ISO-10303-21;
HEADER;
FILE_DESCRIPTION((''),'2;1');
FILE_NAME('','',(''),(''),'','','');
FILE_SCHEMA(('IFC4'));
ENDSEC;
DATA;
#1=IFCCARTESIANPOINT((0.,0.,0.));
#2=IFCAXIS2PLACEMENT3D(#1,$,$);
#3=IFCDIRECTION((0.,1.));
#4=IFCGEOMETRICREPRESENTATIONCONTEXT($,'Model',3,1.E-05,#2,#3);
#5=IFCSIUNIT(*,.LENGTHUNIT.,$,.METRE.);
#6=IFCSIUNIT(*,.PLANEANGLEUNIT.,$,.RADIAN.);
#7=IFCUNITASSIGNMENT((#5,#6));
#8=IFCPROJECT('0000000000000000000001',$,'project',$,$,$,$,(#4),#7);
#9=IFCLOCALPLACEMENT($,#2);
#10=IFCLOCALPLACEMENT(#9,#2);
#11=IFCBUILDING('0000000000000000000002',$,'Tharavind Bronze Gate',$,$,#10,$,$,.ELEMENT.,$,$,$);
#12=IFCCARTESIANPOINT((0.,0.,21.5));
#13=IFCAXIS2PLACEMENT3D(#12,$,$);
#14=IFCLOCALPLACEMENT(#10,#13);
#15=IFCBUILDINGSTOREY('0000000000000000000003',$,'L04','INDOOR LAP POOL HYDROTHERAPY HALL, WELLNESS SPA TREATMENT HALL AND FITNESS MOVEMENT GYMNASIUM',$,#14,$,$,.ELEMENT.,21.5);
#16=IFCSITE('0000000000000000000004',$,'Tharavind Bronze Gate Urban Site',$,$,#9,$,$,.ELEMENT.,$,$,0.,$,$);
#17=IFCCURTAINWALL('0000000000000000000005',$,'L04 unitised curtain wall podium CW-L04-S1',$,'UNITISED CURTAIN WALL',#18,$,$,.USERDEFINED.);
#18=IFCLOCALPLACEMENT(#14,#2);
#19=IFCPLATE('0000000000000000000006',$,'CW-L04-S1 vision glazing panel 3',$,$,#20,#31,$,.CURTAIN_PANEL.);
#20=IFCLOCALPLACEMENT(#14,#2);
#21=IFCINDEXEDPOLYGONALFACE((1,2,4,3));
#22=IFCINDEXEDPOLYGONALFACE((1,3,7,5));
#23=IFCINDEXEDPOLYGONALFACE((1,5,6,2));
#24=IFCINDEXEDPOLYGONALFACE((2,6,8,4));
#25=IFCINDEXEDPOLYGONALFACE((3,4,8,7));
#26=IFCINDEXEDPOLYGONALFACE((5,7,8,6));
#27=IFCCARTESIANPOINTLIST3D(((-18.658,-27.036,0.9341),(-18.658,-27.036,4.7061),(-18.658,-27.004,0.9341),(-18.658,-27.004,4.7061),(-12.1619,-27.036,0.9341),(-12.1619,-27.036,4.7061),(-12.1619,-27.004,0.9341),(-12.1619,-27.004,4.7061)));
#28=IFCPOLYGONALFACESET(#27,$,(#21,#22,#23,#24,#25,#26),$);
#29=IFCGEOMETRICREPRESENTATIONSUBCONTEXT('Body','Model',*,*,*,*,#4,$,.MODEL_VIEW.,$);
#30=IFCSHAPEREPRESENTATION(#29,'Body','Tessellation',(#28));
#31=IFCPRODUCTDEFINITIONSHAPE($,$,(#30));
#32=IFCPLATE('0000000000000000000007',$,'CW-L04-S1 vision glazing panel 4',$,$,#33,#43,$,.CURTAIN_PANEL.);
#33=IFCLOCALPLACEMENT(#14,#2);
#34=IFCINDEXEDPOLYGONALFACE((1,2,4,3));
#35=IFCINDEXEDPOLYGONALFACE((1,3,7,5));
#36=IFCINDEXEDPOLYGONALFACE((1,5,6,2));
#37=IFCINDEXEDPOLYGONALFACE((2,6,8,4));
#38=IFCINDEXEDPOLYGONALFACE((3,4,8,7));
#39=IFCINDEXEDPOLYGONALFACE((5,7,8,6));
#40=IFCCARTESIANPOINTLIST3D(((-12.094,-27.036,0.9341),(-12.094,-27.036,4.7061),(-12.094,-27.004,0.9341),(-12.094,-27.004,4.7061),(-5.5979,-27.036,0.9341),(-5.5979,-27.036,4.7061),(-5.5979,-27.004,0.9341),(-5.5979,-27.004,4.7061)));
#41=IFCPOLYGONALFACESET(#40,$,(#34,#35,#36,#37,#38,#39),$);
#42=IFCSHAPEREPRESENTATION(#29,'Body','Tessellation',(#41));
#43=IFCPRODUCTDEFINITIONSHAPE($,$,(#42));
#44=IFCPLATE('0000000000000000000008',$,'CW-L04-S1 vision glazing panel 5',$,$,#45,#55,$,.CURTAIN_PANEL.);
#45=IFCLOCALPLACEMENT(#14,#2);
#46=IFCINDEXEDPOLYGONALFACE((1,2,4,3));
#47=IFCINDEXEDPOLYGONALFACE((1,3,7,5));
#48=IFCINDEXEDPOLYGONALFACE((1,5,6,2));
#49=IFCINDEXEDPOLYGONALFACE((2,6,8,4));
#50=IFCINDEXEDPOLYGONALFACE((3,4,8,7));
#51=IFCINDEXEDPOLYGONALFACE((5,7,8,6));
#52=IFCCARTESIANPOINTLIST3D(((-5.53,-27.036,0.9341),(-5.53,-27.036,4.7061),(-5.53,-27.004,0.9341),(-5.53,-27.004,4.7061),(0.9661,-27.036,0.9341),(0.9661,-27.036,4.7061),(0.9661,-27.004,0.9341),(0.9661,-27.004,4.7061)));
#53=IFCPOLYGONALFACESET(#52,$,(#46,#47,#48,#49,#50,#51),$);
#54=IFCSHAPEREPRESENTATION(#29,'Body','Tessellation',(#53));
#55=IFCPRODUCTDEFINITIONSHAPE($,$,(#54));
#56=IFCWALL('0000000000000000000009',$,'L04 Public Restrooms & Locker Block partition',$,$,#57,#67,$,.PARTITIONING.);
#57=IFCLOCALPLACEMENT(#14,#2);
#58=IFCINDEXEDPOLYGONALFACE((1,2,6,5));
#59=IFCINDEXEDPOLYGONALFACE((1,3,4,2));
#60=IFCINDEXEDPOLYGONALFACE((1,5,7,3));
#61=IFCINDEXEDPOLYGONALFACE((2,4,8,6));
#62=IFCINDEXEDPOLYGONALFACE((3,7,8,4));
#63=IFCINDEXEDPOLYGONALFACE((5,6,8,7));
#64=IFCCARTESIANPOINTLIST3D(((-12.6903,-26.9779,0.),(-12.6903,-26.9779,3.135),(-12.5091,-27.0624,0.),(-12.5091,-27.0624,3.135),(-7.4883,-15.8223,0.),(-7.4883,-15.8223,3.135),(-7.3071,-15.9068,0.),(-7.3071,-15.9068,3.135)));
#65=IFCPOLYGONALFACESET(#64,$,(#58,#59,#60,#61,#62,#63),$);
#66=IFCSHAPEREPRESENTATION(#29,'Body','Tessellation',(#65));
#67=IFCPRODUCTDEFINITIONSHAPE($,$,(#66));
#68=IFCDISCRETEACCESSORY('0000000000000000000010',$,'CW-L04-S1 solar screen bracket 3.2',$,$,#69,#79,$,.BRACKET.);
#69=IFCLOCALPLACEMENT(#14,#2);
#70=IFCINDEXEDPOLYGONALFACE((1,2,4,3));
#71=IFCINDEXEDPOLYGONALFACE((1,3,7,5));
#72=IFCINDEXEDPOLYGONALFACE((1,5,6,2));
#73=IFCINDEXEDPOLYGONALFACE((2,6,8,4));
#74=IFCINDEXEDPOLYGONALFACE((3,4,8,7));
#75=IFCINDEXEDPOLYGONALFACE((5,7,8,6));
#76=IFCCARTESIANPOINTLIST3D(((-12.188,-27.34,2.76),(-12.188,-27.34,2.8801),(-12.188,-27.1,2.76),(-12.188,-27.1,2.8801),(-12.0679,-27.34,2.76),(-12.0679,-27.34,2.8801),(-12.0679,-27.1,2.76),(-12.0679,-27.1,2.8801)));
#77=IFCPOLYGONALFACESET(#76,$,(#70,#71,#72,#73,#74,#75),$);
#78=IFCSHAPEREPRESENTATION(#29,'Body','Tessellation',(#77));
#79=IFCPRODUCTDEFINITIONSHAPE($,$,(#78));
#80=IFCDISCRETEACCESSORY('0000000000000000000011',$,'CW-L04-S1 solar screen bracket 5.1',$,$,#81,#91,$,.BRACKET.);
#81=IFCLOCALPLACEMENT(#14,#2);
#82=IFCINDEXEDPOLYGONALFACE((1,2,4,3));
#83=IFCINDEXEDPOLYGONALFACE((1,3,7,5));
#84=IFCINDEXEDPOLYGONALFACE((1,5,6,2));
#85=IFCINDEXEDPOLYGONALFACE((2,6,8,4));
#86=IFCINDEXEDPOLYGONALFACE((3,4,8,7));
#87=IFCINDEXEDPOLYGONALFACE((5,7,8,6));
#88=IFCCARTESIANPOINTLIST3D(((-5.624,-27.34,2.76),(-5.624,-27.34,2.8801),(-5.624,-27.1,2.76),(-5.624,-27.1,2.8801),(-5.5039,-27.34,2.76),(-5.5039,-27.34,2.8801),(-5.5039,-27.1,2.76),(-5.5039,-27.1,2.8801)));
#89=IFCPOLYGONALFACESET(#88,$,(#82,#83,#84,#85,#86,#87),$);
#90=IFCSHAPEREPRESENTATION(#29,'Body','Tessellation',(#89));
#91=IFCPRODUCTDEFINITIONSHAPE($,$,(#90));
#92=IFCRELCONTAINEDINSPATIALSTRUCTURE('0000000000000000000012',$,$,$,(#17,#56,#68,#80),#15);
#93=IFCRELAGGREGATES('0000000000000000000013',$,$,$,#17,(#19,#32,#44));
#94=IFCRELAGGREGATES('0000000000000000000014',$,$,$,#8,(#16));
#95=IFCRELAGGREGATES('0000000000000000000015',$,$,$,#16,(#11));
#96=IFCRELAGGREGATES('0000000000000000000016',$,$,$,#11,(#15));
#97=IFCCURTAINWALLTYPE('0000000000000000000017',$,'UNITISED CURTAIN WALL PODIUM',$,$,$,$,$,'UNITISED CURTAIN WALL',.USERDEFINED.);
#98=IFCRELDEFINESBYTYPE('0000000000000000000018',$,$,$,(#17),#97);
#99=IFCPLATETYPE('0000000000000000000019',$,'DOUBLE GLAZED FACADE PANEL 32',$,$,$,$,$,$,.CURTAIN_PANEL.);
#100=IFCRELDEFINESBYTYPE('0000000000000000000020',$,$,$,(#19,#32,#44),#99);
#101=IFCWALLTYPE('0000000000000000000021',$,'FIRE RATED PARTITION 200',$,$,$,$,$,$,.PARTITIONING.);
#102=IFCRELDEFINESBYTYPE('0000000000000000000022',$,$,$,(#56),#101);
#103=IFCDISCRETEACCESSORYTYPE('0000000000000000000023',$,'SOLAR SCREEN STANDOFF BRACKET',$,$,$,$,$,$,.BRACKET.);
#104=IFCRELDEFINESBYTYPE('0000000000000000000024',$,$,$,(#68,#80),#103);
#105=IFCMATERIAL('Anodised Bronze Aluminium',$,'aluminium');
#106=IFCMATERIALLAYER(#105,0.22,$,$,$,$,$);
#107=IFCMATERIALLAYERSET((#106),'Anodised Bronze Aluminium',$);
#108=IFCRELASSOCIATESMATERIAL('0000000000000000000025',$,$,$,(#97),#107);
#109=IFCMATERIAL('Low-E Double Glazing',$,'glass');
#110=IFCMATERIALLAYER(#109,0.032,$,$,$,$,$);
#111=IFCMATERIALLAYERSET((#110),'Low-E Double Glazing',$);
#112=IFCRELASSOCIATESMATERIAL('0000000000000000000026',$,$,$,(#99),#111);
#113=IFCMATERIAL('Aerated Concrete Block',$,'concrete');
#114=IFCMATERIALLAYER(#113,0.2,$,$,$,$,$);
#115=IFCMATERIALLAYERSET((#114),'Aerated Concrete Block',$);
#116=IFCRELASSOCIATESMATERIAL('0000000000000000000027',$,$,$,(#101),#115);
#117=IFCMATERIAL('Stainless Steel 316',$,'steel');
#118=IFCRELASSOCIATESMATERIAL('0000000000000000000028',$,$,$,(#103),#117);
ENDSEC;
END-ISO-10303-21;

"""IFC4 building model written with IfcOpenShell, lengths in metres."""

from ifc_helpers import new_model, si_unit, direction, frame, frame_2d, origin, origin_2d, place, context, subcontext, project, spatial, rectangle, extrude, material, layer, layer_set, type_object, element, aggregate, save


model = new_model("IFC4")

# Units and contexts
model_context = context("Model", 3, precision=1e-05, world=origin(), true_north=direction((0.0, 1.0)))
body_context = subcontext(model_context, "Body", "Model", "MODEL_VIEW")
ifc_project = project(units=[si_unit("LENGTHUNIT", "METRE"), si_unit("PLANEANGLEUNIT", "RADIAN")], contexts=[model_context])

# Site, building, storey
site_placement = place(None, origin())
site = spatial("IfcSite", under=ifc_project, at=site_placement, Name="Tharavind Bronze Gate Urban Site", CompositionType="ELEMENT", RefElevation=0.0)
building_placement = place(site_placement, origin())
building = spatial("IfcBuilding", under=site, at=building_placement, Name="Tharavind Bronze Gate", CompositionType="ELEMENT")
storey_placement = place(building_placement, frame((0.0, 0.0, 21.5)))
storey = spatial("IfcBuildingStorey", under=building, at=storey_placement, Name="L04", Description="INDOOR LAP POOL HYDROTHERAPY HALL, WELLNESS SPA TREATMENT HALL AND FITNESS MOVEMENT GYMNASIUM", CompositionType="ELEMENT", Elevation=21.5)

# Curtain wall
ifc_material_1 = material(Name="Anodised Bronze Aluminium", Category="aluminium")
ifc_layer_1 = layer(ifc_material_1, 0.22)
ifc_layer_set_1 = layer_set([ifc_layer_1], Name="Anodised Bronze Aluminium")
curtain_wall_type = type_object("IfcCurtainWallType", Name="UNITISED CURTAIN WALL PODIUM", ElementType="UNITISED CURTAIN WALL", PredefinedType="USERDEFINED", material=ifc_layer_set_1)
curtain_wall_placement = place(storey_placement, origin())
curtain_wall = element("IfcCurtainWall", 1, at=curtain_wall_placement, inside=storey, type_object=curtain_wall_type, Name="L04 unitised curtain wall podium CW-L04-S1", ObjectType="UNITISED CURTAIN WALL", PredefinedType="USERDEFINED")

# Plates
ifc_material_2 = material(Name="Low-E Double Glazing", Category="glass")
ifc_layer_2 = layer(ifc_material_2, 0.032)
ifc_layer_set_2 = layer_set([ifc_layer_2], Name="Low-E Double Glazing")
plate_type_1 = type_object("IfcPlateType", Name="DOUBLE GLAZED FACADE PANEL 32", PredefinedType="CURTAIN_PANEL", material=ifc_layer_set_2)
plate_1_placement = place(storey_placement, frame((-15.4099, -27.02, 0.9341), z_axis=(0.0, 0.0, 1.0), x_axis=(1.0, 0.0, 0.0)))
plate_1 = element("IfcPlate", 2, at=plate_1_placement, type_object=plate_type_1, Name="CW-L04-S1 vision glazing panel 3", PredefinedType="CURTAIN_PANEL", context=body_context, shape_type="SweptSolid", body=[
    extrude(rectangle(XDim=6.4961, YDim=0.032, at=origin_2d()), origin(), (0.0, 0.0, 1.0), 3.772),
])
plate_2_placement = place(storey_placement, frame((-8.8459, -27.02, 0.9341), z_axis=(0.0, 0.0, 1.0), x_axis=(1.0, 0.0, 0.0)))
plate_2 = element("IfcPlate", 3, at=plate_2_placement, type_object=plate_type_1, Name="CW-L04-S1 vision glazing panel 4", PredefinedType="CURTAIN_PANEL", context=body_context, shape_type="SweptSolid", body=[
    extrude(rectangle(XDim=6.4961, YDim=0.032, at=origin_2d()), origin(), (0.0, 0.0, 1.0), 3.772),
])
plate_3_placement = place(storey_placement, frame((-2.282, -27.02, 0.9341), z_axis=(0.0, 0.0, 1.0), x_axis=(1.0, 0.0, 0.0)))
plate_3 = element("IfcPlate", 4, at=plate_3_placement, type_object=plate_type_1, Name="CW-L04-S1 vision glazing panel 5", PredefinedType="CURTAIN_PANEL", context=body_context, shape_type="SweptSolid", body=[
    extrude(rectangle(XDim=6.4961, YDim=0.032, at=origin_2d()), origin(), (0.0, 0.0, 1.0), 3.772),
])
aggregate(curtain_wall, [plate_1, plate_2, plate_3])

# Wall
ifc_material_3 = material(Name="Aerated Concrete Block", Category="concrete")
ifc_layer_3 = layer(ifc_material_3, 0.2)
ifc_layer_set_3 = layer_set([ifc_layer_3], Name="Aerated Concrete Block")
wall_type = type_object("IfcWallType", Name="FIRE RATED PARTITION 200", PredefinedType="PARTITIONING", material=ifc_layer_set_3)
wall_placement = place(storey_placement, frame((-12.5996, -27.02, 0.0), z_axis=(0.0, 0.0, 1.0), x_axis=(0.422618, 0.906308, 0.0)))
element("IfcWall", 5, at=wall_placement, inside=storey, type_object=wall_type, Name="L04 Public Restrooms & Locker Block partition", PredefinedType="PARTITIONING", context=body_context, shape_type="SweptSolid", body=[
    extrude(rectangle(XDim=12.3088, YDim=0.2, at=frame_2d((6.1543, 0.0))), origin(), (0.0, 0.0, 1.0), 3.135),
])

# Discrete accessories
ifc_material_4 = material(Name="Stainless Steel 316", Category="steel")
discrete_accessory_type = type_object("IfcDiscreteAccessoryType", Name="SOLAR SCREEN STANDOFF BRACKET", PredefinedType="BRACKET", material=ifc_material_4)
for number, where, z_axis, x_axis, name in (
    (6, (-12.1279, -27.22, 2.76), (0.0, 0.0, 1.0), (1.0, 0.0, 0.0), "CW-L04-S1 solar screen bracket 3.2"),
    (7, (-5.564, -27.22, 2.76), (0.0, 0.0, 1.0), (1.0, 0.0, 0.0), "CW-L04-S1 solar screen bracket 5.1"),
):
    element("IfcDiscreteAccessory", number, at=place(storey_placement, frame(where, z_axis=z_axis, x_axis=x_axis)), inside=storey, type_object=discrete_accessory_type, Name=name, PredefinedType="BRACKET", context=body_context, shape_type="SweptSolid", body=[
        extrude(rectangle(XDim=0.1201, YDim=0.24, at=origin_2d()), origin(), (0.0, 0.0, 1.0), 0.1201),
    ])

save(model, "model.ifc")
